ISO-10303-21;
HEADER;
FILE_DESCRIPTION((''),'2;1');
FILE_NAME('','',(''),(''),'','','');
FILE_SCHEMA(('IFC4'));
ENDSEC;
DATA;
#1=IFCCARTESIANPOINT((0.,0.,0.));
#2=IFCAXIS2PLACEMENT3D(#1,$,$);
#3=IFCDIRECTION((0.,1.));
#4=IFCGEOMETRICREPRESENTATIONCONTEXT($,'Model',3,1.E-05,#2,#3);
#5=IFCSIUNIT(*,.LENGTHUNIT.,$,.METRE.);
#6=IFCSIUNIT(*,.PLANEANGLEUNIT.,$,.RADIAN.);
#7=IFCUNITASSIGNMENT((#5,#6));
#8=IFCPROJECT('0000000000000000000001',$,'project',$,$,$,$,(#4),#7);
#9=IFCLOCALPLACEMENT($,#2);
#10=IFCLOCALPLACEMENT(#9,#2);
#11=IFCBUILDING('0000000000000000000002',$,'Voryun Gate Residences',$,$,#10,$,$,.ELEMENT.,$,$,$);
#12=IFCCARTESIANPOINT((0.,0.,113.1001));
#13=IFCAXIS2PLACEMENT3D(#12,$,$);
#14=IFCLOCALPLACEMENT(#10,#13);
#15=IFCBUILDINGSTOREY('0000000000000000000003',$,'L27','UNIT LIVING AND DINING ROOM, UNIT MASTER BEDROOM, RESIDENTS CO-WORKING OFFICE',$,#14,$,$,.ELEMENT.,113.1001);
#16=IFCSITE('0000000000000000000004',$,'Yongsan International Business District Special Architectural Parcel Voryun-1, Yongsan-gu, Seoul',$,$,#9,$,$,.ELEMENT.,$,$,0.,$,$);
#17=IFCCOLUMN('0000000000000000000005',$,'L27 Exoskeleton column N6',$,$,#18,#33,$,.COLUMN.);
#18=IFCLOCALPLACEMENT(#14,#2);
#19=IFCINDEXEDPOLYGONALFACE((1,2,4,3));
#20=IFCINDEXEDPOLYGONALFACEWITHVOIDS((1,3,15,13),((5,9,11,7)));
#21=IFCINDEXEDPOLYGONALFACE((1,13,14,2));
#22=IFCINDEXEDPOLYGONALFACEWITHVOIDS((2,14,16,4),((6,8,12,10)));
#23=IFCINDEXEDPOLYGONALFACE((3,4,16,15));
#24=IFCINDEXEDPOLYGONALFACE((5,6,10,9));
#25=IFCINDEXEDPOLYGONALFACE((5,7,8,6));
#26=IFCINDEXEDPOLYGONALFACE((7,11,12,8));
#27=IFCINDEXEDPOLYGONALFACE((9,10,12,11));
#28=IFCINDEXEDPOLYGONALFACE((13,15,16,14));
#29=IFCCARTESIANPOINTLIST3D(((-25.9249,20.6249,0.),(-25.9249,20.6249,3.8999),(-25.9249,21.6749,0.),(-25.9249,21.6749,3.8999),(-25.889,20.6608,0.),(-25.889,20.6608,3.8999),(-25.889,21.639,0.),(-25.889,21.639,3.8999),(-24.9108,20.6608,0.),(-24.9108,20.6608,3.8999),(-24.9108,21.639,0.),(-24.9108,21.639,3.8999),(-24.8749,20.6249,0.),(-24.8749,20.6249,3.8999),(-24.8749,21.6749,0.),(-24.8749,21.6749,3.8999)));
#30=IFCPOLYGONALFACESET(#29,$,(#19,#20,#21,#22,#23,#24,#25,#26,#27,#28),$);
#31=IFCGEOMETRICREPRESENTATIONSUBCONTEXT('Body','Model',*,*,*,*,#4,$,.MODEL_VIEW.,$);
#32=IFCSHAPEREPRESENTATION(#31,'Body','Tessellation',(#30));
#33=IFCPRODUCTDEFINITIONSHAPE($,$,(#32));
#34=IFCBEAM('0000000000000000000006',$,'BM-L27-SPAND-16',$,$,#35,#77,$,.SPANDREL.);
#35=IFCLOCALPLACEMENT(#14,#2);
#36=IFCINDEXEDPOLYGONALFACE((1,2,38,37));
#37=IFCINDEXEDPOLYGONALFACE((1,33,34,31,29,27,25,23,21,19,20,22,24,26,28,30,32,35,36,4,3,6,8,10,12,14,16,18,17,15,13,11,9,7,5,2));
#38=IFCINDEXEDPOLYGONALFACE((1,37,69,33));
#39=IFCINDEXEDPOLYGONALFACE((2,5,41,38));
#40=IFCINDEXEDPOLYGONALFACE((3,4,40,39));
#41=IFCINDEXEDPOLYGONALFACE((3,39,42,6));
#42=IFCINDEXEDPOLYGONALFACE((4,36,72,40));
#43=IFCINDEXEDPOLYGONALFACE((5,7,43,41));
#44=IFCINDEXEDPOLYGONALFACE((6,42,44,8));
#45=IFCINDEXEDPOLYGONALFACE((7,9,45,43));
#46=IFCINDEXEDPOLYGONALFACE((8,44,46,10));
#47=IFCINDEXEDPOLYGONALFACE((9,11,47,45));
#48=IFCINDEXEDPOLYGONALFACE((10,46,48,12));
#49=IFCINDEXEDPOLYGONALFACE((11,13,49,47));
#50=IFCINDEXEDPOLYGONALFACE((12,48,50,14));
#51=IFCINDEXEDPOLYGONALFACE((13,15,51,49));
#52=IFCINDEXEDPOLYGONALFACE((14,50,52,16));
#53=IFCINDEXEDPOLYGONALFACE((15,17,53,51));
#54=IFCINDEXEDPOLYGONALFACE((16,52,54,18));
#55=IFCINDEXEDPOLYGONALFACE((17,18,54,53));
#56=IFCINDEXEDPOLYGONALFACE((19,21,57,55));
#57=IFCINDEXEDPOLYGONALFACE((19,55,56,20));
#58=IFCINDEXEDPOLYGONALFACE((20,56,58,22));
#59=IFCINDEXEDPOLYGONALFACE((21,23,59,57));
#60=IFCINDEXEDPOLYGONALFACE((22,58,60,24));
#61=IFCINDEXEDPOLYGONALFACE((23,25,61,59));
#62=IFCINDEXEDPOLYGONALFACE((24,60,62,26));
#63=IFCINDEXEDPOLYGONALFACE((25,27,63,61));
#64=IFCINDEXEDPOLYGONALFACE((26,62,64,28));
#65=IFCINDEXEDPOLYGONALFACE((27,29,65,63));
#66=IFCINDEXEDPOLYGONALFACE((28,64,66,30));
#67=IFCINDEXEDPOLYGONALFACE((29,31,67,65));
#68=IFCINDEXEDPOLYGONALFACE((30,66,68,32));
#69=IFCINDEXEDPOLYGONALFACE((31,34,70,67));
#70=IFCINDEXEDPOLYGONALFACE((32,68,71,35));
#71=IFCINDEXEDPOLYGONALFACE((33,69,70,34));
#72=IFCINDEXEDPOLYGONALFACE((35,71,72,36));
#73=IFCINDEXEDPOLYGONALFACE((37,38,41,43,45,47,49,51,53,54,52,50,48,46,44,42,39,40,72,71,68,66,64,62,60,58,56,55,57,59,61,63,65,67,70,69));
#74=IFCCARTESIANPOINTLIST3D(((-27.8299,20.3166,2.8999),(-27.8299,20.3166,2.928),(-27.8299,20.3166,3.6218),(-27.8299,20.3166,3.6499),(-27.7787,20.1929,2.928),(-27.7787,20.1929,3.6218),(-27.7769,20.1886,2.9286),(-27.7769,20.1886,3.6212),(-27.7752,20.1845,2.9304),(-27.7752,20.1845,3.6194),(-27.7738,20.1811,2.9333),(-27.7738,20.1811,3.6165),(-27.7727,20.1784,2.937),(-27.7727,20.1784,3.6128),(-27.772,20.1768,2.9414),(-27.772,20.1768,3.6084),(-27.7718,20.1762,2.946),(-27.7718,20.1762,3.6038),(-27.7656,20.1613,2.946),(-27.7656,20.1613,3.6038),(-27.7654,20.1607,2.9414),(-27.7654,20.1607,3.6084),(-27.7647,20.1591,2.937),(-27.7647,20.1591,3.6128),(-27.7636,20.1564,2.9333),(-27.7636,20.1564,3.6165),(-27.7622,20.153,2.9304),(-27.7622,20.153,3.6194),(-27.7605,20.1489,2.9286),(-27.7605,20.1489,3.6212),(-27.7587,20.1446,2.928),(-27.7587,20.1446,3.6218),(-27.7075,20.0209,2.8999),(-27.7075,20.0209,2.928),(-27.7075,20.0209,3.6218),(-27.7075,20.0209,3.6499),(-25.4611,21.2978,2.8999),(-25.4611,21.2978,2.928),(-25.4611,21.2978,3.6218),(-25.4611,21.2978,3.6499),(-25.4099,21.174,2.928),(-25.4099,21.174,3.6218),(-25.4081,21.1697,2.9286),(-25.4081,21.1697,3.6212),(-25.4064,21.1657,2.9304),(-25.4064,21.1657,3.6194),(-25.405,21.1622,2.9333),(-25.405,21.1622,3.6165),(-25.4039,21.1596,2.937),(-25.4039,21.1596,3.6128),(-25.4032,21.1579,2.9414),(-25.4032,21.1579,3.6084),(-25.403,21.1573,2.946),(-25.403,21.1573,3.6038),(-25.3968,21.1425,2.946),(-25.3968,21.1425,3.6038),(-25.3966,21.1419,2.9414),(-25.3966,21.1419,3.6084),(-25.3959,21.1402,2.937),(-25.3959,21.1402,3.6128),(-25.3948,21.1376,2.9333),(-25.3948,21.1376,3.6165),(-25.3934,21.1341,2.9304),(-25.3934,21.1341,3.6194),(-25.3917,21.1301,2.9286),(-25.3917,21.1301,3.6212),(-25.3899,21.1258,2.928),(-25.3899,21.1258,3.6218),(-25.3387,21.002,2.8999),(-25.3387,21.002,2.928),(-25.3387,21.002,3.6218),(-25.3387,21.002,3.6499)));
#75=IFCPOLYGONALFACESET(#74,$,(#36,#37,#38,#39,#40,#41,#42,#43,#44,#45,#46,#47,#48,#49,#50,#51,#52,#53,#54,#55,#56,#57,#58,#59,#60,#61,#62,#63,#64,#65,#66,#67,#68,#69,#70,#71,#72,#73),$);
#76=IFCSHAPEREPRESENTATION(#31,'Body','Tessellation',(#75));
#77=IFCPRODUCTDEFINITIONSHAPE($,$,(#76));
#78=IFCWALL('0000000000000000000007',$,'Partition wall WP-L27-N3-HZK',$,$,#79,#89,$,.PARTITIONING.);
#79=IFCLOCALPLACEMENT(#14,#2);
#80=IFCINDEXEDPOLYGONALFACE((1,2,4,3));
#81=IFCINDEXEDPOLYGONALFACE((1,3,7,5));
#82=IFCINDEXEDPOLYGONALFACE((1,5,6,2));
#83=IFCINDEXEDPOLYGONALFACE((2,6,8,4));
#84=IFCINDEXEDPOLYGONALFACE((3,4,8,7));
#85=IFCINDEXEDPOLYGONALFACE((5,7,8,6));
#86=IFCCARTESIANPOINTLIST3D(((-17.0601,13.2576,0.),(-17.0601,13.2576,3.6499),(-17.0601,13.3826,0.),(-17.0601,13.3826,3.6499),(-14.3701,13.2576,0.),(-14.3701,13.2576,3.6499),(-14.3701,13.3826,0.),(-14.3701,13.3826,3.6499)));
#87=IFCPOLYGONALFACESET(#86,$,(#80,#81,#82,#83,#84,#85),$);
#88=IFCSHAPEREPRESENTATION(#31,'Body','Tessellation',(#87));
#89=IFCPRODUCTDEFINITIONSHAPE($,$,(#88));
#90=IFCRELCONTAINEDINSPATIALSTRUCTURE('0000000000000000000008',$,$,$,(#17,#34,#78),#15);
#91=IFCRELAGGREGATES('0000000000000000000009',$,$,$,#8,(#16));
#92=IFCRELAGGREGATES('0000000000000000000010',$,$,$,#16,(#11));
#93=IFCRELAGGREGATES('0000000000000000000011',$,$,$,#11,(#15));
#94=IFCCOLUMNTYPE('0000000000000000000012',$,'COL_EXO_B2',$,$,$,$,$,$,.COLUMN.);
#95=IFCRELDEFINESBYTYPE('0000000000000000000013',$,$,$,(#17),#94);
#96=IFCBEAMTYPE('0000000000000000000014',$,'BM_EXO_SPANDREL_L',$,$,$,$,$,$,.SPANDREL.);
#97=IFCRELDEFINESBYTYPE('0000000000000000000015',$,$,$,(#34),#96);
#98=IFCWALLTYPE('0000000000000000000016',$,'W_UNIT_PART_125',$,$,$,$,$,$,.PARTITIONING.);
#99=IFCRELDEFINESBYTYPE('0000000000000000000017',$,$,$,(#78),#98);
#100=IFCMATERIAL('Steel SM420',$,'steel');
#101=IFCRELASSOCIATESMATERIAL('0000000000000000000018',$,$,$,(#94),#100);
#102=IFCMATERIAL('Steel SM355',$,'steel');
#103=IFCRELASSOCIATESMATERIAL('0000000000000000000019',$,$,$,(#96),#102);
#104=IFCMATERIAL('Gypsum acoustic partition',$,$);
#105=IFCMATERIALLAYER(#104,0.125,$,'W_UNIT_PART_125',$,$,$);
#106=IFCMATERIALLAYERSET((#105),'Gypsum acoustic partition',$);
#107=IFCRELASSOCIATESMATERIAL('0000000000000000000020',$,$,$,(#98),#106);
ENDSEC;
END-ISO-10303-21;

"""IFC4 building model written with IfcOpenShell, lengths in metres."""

from ifc_helpers import new_model, si_unit, direction, frame, frame_2d, origin, origin_2d, place, context, subcontext, project, spatial, rectangle, hollow_rectangle, i_section, extrude, material, layer, layer_set, material_profile, profile_set, type_object, element, save


model = new_model("IFC4")

# Units and contexts
model_context = context("Model", 3, precision=1e-05, world=origin(), true_north=direction((0.0, 1.0)))
body_context = subcontext(model_context, "Body", "Model", "MODEL_VIEW")
ifc_project = project(units=[si_unit("LENGTHUNIT", "METRE"), si_unit("PLANEANGLEUNIT", "RADIAN")], contexts=[model_context])

# Site, building, storey
site_placement = place(None, origin())
site = spatial("IfcSite", under=ifc_project, at=site_placement, Name="Yongsan International Business District Special Architectural Parcel Voryun-1, Yongsan-gu, Seoul", CompositionType="ELEMENT", RefElevation=0.0)
building_placement = place(site_placement, origin())
building = spatial("IfcBuilding", under=site, at=building_placement, Name="Voryun Gate Residences", CompositionType="ELEMENT")
storey_placement = place(building_placement, frame((0.0, 0.0, 113.1001)))
storey = spatial("IfcBuildingStorey", under=building, at=storey_placement, Name="L27", Description="UNIT LIVING AND DINING ROOM, UNIT MASTER BEDROOM, RESIDENTS CO-WORKING OFFICE", CompositionType="ELEMENT", Elevation=113.1001)

# Column
ifc_material_1 = material(Name="Steel SM420", Category="steel")
ifc_material_profile_1 = material_profile(ifc_material_1, hollow_rectangle(XDim=1.05, YDim=1.05, WallThickness=0.0359, at=origin_2d()), Name="BOX-1050x1050x36")
ifc_profile_set_1 = profile_set([ifc_material_profile_1], Name="Steel SM420")
column_type = type_object("IfcColumnType", Name="COL_EXO_B2", PredefinedType="COLUMN", material=ifc_profile_set_1)
column_placement = place(storey_placement, frame((-25.3999, 21.1499, 0.0), z_axis=(0.0, 0.0, 1.0), x_axis=(1.0, 0.0, 0.0)))
element("IfcColumn", 1, at=column_placement, inside=storey, type_object=column_type, Name="L27 Exoskeleton column N6", PredefinedType="COLUMN", context=body_context, shape_type="SweptSolid", body=[
    extrude(hollow_rectangle(XDim=1.05, YDim=1.05, WallThickness=0.0359, at=origin_2d()), origin(), (0.0, 0.0, 1.0), 3.8999),
])

# Beam
ifc_material_2 = material(Name="Steel SM355", Category="steel")
ifc_material_profile_2 = material_profile(ifc_material_2, i_section(OverallWidth=0.3201, OverallDepth=0.75, WebThickness=0.0161, FlangeThickness=0.0281, FilletRadius=0.0181, at=origin_2d()), Name="H-750x320x16x28")
ifc_profile_set_2 = profile_set([ifc_material_profile_2], Name="Steel SM355")
beam_type = type_object("IfcBeamType", Name="BM_EXO_SPANDREL_L", PredefinedType="SPANDREL", material=ifc_profile_set_2)
beam_placement = place(storey_placement, frame((-25.3999, 21.1499, 3.2749), z_axis=(-0.923883, -0.382674, 0.0), x_axis=(0.382674, -0.923883, 0.0)))
element("IfcBeam", 2, at=beam_placement, inside=storey, type_object=beam_type, Name="BM-L27-SPAND-16", PredefinedType="SPANDREL", context=body_context, shape_type="SweptSolid", body=[
    extrude(i_section(OverallWidth=0.3201, OverallDepth=0.75, WebThickness=0.0161, FlangeThickness=0.0281, FilletRadius=0.0181, at=origin_2d()), origin(), (0.0, 0.0, 1.0), 2.564),
])

# Wall
ifc_material_3 = material(Name="Gypsum acoustic partition")
ifc_layer_1 = layer(ifc_material_3, 0.125, Name="W_UNIT_PART_125")
ifc_layer_set_1 = layer_set([ifc_layer_1], Name="Gypsum acoustic partition")
wall_type_1 = type_object("IfcWallType", Name="W_UNIT_PART_125", PredefinedType="PARTITIONING", material=ifc_layer_set_1)
wall_1_placement = place(storey_placement, frame((-17.0601, 13.3201, 0.0), z_axis=(0.0, 0.0, 1.0), x_axis=(1.0, 0.0, 0.0)))
element("IfcWall", 3, at=wall_1_placement, inside=storey, type_object=wall_type_1, Name="Partition wall WP-L27-N3-HZK", PredefinedType="PARTITIONING", context=body_context, shape_type="SweptSolid", body=[
    extrude(rectangle(XDim=2.6899, YDim=0.125, at=frame_2d((1.345, 0.0))), origin(), (0.0, 0.0, 1.0), 3.6499),
])

save(model, "model.ifc")
